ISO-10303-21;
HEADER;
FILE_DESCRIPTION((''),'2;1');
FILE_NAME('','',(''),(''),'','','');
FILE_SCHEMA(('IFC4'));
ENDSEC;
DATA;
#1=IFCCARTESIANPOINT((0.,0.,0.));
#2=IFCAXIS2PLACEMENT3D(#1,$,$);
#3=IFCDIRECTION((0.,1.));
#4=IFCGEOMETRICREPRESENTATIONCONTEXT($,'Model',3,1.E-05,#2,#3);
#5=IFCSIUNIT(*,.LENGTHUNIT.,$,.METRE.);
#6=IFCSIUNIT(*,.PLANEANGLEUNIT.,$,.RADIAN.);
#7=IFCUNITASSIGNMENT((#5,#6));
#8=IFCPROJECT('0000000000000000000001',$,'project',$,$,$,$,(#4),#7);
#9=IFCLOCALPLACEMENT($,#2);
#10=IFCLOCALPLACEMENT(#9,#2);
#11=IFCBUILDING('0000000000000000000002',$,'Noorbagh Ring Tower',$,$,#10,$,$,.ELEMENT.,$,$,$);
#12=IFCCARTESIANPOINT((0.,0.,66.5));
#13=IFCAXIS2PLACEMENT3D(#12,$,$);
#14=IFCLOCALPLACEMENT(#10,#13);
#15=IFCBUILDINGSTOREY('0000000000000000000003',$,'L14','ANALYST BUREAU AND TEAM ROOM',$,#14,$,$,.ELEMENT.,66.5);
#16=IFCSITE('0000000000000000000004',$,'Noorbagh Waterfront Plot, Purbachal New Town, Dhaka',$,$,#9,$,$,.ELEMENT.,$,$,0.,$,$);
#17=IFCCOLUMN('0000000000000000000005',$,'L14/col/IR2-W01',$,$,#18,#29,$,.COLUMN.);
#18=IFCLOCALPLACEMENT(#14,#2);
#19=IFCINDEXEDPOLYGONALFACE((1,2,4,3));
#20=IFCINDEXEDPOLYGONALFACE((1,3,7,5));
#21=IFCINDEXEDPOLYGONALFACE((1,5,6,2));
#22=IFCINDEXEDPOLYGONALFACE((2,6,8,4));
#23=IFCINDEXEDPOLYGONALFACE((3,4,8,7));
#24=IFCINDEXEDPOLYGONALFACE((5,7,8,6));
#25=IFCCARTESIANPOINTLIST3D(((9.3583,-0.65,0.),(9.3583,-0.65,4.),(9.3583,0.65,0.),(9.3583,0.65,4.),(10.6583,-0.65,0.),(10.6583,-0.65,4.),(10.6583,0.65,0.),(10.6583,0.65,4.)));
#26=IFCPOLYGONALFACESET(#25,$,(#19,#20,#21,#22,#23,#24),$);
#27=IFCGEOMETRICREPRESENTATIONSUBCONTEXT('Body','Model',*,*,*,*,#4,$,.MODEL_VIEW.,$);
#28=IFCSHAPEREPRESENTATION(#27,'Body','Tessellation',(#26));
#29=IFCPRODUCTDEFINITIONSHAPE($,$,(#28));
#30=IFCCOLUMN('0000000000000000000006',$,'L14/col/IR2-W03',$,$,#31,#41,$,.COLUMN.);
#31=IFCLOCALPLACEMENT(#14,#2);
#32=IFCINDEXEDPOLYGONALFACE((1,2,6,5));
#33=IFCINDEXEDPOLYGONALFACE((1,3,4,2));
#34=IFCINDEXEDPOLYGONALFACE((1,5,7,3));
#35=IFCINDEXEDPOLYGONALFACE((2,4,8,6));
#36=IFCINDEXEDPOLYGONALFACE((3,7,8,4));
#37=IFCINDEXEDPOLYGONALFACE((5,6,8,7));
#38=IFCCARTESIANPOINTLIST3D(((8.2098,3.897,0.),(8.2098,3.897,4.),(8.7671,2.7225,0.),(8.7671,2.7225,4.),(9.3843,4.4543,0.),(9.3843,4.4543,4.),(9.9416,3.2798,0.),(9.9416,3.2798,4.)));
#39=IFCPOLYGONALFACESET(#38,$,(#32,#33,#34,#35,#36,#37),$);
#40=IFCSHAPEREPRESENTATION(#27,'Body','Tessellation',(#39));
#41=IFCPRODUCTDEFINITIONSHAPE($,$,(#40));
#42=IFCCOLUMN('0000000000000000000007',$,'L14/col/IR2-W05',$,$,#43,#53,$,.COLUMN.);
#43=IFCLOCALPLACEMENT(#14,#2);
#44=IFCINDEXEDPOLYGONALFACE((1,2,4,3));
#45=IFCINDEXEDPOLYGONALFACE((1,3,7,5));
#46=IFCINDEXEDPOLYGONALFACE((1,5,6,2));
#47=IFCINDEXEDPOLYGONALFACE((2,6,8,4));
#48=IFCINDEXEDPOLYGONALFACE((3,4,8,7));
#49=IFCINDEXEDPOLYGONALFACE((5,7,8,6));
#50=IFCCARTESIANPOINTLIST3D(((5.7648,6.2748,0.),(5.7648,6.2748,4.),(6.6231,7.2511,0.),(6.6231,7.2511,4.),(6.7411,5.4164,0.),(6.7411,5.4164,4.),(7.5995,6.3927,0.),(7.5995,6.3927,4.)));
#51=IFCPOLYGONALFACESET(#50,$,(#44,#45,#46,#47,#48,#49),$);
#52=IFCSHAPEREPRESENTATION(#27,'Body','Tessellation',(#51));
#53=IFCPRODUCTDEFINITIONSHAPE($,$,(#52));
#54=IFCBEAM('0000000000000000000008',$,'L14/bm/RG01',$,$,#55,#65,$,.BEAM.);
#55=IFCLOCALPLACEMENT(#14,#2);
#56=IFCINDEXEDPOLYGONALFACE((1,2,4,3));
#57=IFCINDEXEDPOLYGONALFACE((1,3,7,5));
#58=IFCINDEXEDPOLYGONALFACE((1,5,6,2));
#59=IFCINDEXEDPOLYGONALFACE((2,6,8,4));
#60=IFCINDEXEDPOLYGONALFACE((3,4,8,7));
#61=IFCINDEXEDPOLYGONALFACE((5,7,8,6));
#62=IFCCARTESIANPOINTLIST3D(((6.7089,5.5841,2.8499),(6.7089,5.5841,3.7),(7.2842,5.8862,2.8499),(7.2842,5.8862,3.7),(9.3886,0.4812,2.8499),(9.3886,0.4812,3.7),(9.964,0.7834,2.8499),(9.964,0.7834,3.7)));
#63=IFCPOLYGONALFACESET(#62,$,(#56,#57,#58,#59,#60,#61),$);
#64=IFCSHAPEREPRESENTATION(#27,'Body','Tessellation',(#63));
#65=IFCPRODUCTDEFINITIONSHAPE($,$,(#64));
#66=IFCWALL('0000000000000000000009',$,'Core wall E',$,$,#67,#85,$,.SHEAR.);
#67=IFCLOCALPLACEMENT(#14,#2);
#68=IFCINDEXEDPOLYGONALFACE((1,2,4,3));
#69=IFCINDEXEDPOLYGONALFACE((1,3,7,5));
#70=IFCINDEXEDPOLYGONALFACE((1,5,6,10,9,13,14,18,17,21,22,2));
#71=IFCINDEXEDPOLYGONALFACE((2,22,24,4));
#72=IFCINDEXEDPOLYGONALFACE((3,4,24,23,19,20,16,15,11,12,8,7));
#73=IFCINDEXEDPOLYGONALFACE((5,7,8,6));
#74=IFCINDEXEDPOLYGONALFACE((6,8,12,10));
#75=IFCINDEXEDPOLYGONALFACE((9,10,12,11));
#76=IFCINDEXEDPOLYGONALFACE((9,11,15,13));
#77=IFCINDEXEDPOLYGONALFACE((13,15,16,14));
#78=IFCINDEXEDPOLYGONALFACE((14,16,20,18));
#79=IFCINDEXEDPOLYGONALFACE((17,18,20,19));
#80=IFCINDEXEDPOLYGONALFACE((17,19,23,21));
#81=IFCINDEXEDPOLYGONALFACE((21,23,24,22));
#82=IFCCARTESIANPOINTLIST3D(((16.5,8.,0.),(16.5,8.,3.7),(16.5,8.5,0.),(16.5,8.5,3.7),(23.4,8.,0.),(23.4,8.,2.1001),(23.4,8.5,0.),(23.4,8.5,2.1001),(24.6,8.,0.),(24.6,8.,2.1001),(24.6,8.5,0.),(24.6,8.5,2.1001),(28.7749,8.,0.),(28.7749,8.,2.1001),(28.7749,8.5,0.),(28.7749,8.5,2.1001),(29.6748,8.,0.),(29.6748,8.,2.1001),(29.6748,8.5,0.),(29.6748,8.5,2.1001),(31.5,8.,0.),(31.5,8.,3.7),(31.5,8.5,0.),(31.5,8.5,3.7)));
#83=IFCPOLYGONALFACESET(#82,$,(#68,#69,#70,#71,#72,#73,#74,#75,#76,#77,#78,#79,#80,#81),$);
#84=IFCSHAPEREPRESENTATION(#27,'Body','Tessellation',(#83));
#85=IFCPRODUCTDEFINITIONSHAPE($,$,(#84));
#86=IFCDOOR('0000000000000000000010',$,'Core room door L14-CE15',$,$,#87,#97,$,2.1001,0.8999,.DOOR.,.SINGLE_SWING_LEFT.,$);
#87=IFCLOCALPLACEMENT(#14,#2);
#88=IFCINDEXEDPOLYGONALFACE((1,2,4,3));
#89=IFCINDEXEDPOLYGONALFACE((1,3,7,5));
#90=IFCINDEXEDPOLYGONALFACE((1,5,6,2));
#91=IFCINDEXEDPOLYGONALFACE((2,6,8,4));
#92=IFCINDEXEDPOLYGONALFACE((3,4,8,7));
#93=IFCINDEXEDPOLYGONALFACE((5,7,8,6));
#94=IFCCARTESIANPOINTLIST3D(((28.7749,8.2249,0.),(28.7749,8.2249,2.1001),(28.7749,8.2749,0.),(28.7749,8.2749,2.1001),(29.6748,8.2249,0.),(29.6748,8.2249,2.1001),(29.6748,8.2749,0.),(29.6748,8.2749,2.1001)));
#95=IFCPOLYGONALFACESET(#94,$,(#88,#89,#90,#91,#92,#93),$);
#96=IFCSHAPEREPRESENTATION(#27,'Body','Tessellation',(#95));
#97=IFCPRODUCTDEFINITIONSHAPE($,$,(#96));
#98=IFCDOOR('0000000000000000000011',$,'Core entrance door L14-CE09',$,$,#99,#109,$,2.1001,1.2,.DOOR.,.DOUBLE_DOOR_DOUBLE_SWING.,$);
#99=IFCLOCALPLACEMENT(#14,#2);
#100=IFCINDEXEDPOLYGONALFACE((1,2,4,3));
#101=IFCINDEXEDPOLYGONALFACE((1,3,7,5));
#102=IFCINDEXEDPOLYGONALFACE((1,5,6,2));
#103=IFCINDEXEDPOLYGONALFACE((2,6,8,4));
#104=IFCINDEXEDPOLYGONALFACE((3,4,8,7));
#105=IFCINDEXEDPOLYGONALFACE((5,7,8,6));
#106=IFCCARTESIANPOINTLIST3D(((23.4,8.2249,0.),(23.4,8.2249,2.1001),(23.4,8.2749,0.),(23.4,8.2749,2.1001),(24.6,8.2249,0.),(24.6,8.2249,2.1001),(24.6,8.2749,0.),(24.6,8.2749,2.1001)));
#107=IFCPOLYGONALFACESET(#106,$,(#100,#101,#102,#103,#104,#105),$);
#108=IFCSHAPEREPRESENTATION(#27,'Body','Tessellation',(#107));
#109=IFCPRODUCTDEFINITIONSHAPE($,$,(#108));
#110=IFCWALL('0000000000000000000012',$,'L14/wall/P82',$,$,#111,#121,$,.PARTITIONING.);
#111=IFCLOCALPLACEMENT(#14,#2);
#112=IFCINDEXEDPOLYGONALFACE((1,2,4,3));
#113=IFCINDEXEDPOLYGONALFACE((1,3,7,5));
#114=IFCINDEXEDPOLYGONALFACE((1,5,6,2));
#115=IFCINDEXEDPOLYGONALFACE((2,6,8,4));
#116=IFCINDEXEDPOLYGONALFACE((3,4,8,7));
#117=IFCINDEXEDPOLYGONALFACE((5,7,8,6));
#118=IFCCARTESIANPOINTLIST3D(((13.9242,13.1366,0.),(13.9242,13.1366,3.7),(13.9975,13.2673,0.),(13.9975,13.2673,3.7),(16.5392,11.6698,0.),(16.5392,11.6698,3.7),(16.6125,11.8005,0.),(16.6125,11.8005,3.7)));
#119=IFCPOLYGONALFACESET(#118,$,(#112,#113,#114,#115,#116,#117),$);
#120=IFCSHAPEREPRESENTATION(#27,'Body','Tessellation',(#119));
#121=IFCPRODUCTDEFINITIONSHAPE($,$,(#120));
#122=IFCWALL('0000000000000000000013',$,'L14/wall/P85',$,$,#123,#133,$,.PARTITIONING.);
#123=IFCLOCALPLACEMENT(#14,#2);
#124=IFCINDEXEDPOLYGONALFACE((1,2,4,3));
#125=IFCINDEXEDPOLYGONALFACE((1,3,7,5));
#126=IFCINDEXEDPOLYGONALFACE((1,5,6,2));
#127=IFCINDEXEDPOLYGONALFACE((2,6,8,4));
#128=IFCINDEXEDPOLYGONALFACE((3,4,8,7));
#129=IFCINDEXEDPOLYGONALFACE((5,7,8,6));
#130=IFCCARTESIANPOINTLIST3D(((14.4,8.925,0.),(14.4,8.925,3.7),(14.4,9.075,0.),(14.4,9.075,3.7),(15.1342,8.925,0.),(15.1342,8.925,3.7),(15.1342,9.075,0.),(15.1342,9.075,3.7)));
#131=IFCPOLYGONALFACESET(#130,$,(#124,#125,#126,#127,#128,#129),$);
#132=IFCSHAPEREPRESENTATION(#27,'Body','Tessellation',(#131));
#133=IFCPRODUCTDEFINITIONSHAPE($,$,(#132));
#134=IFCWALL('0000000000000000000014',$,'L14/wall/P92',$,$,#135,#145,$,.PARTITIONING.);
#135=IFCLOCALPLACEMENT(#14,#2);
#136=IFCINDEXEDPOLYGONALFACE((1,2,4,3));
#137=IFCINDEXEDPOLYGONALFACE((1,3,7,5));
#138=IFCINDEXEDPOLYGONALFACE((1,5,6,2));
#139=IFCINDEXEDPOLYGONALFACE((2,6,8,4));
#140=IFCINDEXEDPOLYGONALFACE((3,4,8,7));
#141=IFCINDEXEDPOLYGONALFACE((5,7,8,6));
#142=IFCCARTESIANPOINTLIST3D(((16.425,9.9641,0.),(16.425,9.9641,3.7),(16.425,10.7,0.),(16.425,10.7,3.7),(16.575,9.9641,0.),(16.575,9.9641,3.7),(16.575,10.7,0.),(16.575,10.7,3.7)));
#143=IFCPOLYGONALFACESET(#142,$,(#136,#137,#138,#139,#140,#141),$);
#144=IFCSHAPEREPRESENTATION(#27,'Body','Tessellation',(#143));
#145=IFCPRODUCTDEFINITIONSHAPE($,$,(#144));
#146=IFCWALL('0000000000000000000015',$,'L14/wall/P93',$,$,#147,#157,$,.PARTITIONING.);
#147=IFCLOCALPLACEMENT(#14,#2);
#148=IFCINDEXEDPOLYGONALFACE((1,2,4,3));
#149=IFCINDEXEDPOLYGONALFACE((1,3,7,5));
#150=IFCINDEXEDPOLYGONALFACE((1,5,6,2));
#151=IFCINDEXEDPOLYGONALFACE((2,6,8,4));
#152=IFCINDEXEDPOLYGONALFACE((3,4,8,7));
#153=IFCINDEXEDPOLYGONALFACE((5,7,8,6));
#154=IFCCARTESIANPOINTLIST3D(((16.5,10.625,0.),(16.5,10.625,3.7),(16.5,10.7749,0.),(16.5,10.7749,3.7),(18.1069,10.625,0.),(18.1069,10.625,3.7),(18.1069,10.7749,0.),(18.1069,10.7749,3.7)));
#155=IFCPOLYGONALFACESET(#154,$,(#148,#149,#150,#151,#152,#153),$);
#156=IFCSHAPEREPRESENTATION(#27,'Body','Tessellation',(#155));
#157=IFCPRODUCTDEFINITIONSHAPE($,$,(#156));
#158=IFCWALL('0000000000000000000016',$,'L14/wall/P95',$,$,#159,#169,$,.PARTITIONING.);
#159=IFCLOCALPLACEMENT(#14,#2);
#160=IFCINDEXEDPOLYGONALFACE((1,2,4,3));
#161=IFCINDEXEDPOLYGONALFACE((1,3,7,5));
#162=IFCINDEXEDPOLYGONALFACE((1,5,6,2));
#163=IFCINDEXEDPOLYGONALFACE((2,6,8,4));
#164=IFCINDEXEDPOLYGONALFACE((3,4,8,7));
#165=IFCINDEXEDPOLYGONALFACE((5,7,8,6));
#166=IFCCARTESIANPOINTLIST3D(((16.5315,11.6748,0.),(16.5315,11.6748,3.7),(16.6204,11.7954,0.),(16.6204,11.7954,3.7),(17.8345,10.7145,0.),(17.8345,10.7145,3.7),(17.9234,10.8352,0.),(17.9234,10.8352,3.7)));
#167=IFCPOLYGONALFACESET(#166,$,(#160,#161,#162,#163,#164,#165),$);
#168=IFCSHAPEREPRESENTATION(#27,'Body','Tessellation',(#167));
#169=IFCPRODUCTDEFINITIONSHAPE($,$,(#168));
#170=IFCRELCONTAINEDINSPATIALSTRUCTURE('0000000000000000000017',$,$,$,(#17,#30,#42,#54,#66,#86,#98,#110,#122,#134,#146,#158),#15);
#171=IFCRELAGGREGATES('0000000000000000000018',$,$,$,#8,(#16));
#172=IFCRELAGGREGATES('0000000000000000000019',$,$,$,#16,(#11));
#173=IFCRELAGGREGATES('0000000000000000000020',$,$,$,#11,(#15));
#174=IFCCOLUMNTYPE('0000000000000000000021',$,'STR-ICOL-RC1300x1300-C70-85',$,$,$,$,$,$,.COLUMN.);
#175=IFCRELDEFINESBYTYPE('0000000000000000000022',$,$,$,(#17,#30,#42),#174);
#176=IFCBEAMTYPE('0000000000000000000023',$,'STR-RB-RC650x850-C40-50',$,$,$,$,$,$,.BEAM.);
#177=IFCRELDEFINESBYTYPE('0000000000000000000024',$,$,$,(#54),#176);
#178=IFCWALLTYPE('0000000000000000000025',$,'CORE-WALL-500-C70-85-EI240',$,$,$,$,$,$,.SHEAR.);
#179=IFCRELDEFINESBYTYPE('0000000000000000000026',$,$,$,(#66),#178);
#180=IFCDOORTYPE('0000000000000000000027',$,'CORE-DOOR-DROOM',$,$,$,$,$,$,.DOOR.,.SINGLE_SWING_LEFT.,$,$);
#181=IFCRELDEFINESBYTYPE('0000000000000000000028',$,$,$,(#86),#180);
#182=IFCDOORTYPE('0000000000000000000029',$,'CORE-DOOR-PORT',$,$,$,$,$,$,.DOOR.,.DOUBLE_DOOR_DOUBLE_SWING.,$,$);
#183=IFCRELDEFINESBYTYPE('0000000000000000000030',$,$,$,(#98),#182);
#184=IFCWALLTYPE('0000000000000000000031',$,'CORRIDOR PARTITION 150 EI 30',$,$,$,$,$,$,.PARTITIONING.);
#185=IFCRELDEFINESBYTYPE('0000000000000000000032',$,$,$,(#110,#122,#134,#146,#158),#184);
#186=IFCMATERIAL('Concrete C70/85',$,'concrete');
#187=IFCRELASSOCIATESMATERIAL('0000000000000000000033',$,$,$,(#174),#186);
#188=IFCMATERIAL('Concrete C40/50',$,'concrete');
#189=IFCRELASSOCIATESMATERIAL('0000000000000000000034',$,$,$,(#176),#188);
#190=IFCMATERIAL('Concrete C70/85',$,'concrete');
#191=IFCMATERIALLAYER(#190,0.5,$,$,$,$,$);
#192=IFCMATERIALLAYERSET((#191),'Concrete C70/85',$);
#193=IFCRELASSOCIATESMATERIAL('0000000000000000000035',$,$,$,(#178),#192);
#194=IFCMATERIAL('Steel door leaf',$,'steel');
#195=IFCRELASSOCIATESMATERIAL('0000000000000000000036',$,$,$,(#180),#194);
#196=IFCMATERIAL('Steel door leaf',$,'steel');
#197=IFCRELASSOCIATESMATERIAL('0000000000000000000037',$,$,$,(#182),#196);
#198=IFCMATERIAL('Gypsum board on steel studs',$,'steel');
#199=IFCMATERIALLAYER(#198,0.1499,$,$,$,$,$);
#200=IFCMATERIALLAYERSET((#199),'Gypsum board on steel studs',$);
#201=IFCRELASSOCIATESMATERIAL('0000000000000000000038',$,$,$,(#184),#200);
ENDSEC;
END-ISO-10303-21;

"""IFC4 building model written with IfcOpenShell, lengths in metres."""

from ifc_helpers import new_model, si_unit, direction, frame, frame_2d, origin, origin_2d, place, context, subcontext, project, spatial, rectangle, extrude, material, layer, layer_set, material_profile, profile_set, type_object, element, fill, save


model = new_model("IFC4")

# Units and contexts
model_context = context("Model", 3, precision=1e-05, world=origin(), true_north=direction((0.0, 1.0)))
body_context = subcontext(model_context, "Body", "Model", "MODEL_VIEW")
ifc_project = project(units=[si_unit("LENGTHUNIT", "METRE"), si_unit("PLANEANGLEUNIT", "RADIAN")], contexts=[model_context])

# Site, building, storey
site_placement = place(None, origin())
site = spatial("IfcSite", under=ifc_project, at=site_placement, Name="Noorbagh Waterfront Plot, Purbachal New Town, Dhaka", CompositionType="ELEMENT", RefElevation=0.0)
building_placement = place(site_placement, origin())
building = spatial("IfcBuilding", under=site, at=building_placement, Name="Noorbagh Ring Tower", CompositionType="ELEMENT")
storey_placement = place(building_placement, frame((0.0, 0.0, 66.5)))
storey = spatial("IfcBuildingStorey", under=building, at=storey_placement, Name="L14", Description="ANALYST BUREAU AND TEAM ROOM", CompositionType="ELEMENT", Elevation=66.5)

# Columns
ifc_material_1 = material(Name="Concrete C70/85", Category="concrete")
ifc_material_profile_1 = material_profile(ifc_material_1, rectangle(XDim=1.3, YDim=1.3, at=origin_2d()), Name="RC1300x1300")
ifc_profile_set_1 = profile_set([ifc_material_profile_1], Name="Concrete C70/85")
column_type = type_object("IfcColumnType", Name="STR-ICOL-RC1300x1300-C70-85", PredefinedType="COLUMN", material=ifc_profile_set_1)
for number, where, z_axis, x_axis, name in (
    (1, (10.0083, 0.0, 0.0), (0.0, 0.0, 1.0), (0.0, 1.0, 0.0), "L14/col/IR2-W01"),
    (2, (9.0757, 3.5884, 0.0), (0.0, 0.0, 1.0), (-0.428667, 0.903463, 0.0), "L14/col/IR2-W03"),
    (3, (6.6821, 6.3337, 0.0), (0.0, 0.0, 1.0), (-0.751022, 0.660277, 0.0), "L14/col/IR2-W05"),
):
    element("IfcColumn", number, at=place(storey_placement, frame(where, z_axis=z_axis, x_axis=x_axis)), inside=storey, type_object=column_type, Name=name, PredefinedType="COLUMN", context=body_context, shape_type="SweptSolid", body=[
        extrude(rectangle(XDim=1.3, YDim=1.3, at=origin_2d()), origin(), (0.0, 0.0, 1.0), 4.0),
    ])

# Beam
ifc_material_2 = material(Name="Concrete C40/50", Category="concrete")
ifc_material_profile_2 = material_profile(ifc_material_2, rectangle(XDim=0.6499, YDim=0.8501, at=origin_2d()), Name="RC650x850")
ifc_profile_set_2 = profile_set([ifc_material_profile_2], Name="Concrete C40/50")
beam_type = type_object("IfcBeamType", Name="STR-RB-RC650x850-C40-50", PredefinedType="BEAM", material=ifc_profile_set_2)
beam_placement = place(storey_placement, frame((9.6763, 0.6323, 3.2749), z_axis=(-0.464933, 0.885346, 0.0), x_axis=(-0.885346, -0.464933, 0.0)))
element("IfcBeam", 4, at=beam_placement, inside=storey, type_object=beam_type, Name="L14/bm/RG01", PredefinedType="BEAM", context=body_context, shape_type="SweptSolid", body=[
    extrude(rectangle(XDim=0.6499, YDim=0.8501, at=origin_2d()), origin(), (0.0, 0.0, 1.0), 5.7637),
])

# Wall, openings, doors
ifc_material_3 = material(Name="Concrete C70/85", Category="concrete")
ifc_layer_1 = layer(ifc_material_3, 0.5)
ifc_layer_set_1 = layer_set([ifc_layer_1], Name="Concrete C70/85")
wall_type_1 = type_object("IfcWallType", Name="CORE-WALL-500-C70-85-EI240", PredefinedType="SHEAR", material=ifc_layer_set_1)
wall_1_placement = place(storey_placement, frame((16.5, 8.25, 0.0), z_axis=(0.0, 0.0, 1.0), x_axis=(1.0, 0.0, 0.0)))
wall_1 = element("IfcWall", 5, at=wall_1_placement, inside=storey, type_object=wall_type_1, Name="Core wall E", PredefinedType="SHEAR", context=body_context, shape_type="SweptSolid", body=[
    extrude(rectangle(XDim=15.0, YDim=0.5, at=frame_2d((7.5, 0.0))), origin(), (0.0, 0.0, 1.0), 3.7),
])
opening_1_placement = place(wall_1_placement, frame((6.8999, 0.0, 0.0)))
opening_1 = element("IfcOpeningElement", 6, at=opening_1_placement, cuts=wall_1, PredefinedType="OPENING", context=body_context, shape_type="SweptSolid", body=[
    extrude(rectangle(XDim=1.2, YDim=2.1001, at=frame_2d((0.6001, 1.05))), frame((0.0, 0.26, 0.0), z_axis=(0.0, -1.0, 0.0), x_axis=(1.0, 0.0, 0.0)), (0.0, 0.0, 1.0), 0.52),
])
opening_2_placement = place(wall_1_placement, frame((12.2749, 0.0, 0.0)))
opening_2 = element("IfcOpeningElement", 7, at=opening_2_placement, cuts=wall_1, PredefinedType="OPENING", context=body_context, shape_type="SweptSolid", body=[
    extrude(rectangle(XDim=0.8999, YDim=2.1001, at=frame_2d((0.45, 1.05))), frame((0.0, 0.26, 0.0), z_axis=(0.0, -1.0, 0.0), x_axis=(1.0, 0.0, 0.0)), (0.0, 0.0, 1.0), 0.52),
])
ifc_material_4 = material(Name="Steel door leaf", Category="steel")
door_type_1 = type_object("IfcDoorType", Name="CORE-DOOR-DROOM", OperationType="SINGLE_SWING_LEFT", PredefinedType="DOOR", material=ifc_material_4)
door_1_placement = place(opening_2_placement, origin())
door_1 = element("IfcDoor", 8, at=door_1_placement, inside=storey, type_object=door_type_1, Name="Core room door L14-CE15", OperationType="SINGLE_SWING_LEFT", OverallHeight=2.1001, OverallWidth=0.8999, PredefinedType="DOOR", context=body_context, shape_type="SweptSolid", body=[
    extrude(rectangle(XDim=0.8999, YDim=2.1001, at=frame_2d((0.45, 1.05))), frame((0.0, 0.0249, 0.0), z_axis=(0.0, -1.0, 0.0), x_axis=(1.0, 0.0, 0.0)), (0.0, 0.0, 1.0), 0.05),
])
fill(opening_2, door_1)
ifc_material_5 = material(Name="Steel door leaf", Category="steel")
door_type_2 = type_object("IfcDoorType", Name="CORE-DOOR-PORT", OperationType="DOUBLE_DOOR_DOUBLE_SWING", PredefinedType="DOOR", material=ifc_material_5)
door_2_placement = place(opening_1_placement, origin())
door_2 = element("IfcDoor", 9, at=door_2_placement, inside=storey, type_object=door_type_2, Name="Core entrance door L14-CE09", OperationType="DOUBLE_DOOR_DOUBLE_SWING", OverallHeight=2.1001, OverallWidth=1.2, PredefinedType="DOOR", context=body_context, shape_type="SweptSolid", body=[
    extrude(rectangle(XDim=1.2, YDim=2.1001, at=frame_2d((0.6001, 1.05))), frame((0.0, 0.0249, 0.0), z_axis=(0.0, -1.0, 0.0), x_axis=(1.0, 0.0, 0.0)), (0.0, 0.0, 1.0), 0.05),
])
fill(opening_1, door_2)

# Walls
ifc_material_6 = material(Name="Gypsum board on steel studs", Category="steel")
ifc_layer_2 = layer(ifc_material_6, 0.1499)
ifc_layer_set_2 = layer_set([ifc_layer_2], Name="Gypsum board on steel studs")
wall_type_2 = type_object("IfcWallType", Name="CORRIDOR PARTITION 150 EI 30", PredefinedType="PARTITIONING", material=ifc_layer_set_2)
wall_2_placement = place(storey_placement, frame((13.9609, 13.2019, 0.0), z_axis=(0.0, 0.0, 1.0), x_axis=(0.872164, -0.489213, 0.0)))
element("IfcWall", 10, at=wall_2_placement, inside=storey, type_object=wall_type_2, Name="L14/wall/P82", PredefinedType="PARTITIONING", context=body_context, shape_type="SweptSolid", body=[
    extrude(rectangle(XDim=2.9983, YDim=0.1499, at=frame_2d((1.499, 0.0))), origin(), (0.0, 0.0, 1.0), 3.7),
])
wall_3_placement = place(storey_placement, frame((14.3999, 9.0, 0.0), z_axis=(0.0, 0.0, 1.0), x_axis=(1.0, 0.0, 0.0)))
element("IfcWall", 11, at=wall_3_placement, inside=storey, type_object=wall_type_2, Name="L14/wall/P85", PredefinedType="PARTITIONING", context=body_context, shape_type="SweptSolid", body=[
    extrude(rectangle(XDim=0.7341, YDim=0.1499, at=frame_2d((0.3672, 0.0))), origin(), (0.0, 0.0, 1.0), 3.7),
])
wall_4_placement = place(storey_placement, frame((16.5, 9.9641, 0.0), z_axis=(0.0, 0.0, 1.0), x_axis=(0.0, 1.0, 0.0)))
element("IfcWall", 12, at=wall_4_placement, inside=storey, type_object=wall_type_2, Name="L14/wall/P92", PredefinedType="PARTITIONING", context=body_context, shape_type="SweptSolid", body=[
    extrude(rectangle(XDim=0.7358, YDim=0.1499, at=frame_2d((0.3679, 0.0))), origin(), (0.0, 0.0, 1.0), 3.7),
])
wall_5_placement = place(storey_placement, frame((16.5, 10.7, 0.0), z_axis=(0.0, 0.0, 1.0), x_axis=(1.0, 0.0, 0.0)))
element("IfcWall", 13, at=wall_5_placement, inside=storey, type_object=wall_type_2, Name="L14/wall/P93", PredefinedType="PARTITIONING", context=body_context, shape_type="SweptSolid", body=[
    extrude(rectangle(XDim=1.6069, YDim=0.1499, at=frame_2d((0.8035, 0.0))), origin(), (0.0, 0.0, 1.0), 3.7),
])
wall_6_placement = place(storey_placement, frame((16.5759, 11.7351, 0.0), z_axis=(0.0, 0.0, 1.0), x_axis=(0.805022, -0.593245, 0.0)))
element("IfcWall", 14, at=wall_6_placement, inside=storey, type_object=wall_type_2, Name="L14/wall/P95", PredefinedType="PARTITIONING", context=body_context, shape_type="SweptSolid", body=[
    extrude(rectangle(XDim=1.6187, YDim=0.1499, at=frame_2d((0.8093, 0.0))), origin(), (0.0, 0.0, 1.0), 3.7),
])

save(model, "model.ifc")
